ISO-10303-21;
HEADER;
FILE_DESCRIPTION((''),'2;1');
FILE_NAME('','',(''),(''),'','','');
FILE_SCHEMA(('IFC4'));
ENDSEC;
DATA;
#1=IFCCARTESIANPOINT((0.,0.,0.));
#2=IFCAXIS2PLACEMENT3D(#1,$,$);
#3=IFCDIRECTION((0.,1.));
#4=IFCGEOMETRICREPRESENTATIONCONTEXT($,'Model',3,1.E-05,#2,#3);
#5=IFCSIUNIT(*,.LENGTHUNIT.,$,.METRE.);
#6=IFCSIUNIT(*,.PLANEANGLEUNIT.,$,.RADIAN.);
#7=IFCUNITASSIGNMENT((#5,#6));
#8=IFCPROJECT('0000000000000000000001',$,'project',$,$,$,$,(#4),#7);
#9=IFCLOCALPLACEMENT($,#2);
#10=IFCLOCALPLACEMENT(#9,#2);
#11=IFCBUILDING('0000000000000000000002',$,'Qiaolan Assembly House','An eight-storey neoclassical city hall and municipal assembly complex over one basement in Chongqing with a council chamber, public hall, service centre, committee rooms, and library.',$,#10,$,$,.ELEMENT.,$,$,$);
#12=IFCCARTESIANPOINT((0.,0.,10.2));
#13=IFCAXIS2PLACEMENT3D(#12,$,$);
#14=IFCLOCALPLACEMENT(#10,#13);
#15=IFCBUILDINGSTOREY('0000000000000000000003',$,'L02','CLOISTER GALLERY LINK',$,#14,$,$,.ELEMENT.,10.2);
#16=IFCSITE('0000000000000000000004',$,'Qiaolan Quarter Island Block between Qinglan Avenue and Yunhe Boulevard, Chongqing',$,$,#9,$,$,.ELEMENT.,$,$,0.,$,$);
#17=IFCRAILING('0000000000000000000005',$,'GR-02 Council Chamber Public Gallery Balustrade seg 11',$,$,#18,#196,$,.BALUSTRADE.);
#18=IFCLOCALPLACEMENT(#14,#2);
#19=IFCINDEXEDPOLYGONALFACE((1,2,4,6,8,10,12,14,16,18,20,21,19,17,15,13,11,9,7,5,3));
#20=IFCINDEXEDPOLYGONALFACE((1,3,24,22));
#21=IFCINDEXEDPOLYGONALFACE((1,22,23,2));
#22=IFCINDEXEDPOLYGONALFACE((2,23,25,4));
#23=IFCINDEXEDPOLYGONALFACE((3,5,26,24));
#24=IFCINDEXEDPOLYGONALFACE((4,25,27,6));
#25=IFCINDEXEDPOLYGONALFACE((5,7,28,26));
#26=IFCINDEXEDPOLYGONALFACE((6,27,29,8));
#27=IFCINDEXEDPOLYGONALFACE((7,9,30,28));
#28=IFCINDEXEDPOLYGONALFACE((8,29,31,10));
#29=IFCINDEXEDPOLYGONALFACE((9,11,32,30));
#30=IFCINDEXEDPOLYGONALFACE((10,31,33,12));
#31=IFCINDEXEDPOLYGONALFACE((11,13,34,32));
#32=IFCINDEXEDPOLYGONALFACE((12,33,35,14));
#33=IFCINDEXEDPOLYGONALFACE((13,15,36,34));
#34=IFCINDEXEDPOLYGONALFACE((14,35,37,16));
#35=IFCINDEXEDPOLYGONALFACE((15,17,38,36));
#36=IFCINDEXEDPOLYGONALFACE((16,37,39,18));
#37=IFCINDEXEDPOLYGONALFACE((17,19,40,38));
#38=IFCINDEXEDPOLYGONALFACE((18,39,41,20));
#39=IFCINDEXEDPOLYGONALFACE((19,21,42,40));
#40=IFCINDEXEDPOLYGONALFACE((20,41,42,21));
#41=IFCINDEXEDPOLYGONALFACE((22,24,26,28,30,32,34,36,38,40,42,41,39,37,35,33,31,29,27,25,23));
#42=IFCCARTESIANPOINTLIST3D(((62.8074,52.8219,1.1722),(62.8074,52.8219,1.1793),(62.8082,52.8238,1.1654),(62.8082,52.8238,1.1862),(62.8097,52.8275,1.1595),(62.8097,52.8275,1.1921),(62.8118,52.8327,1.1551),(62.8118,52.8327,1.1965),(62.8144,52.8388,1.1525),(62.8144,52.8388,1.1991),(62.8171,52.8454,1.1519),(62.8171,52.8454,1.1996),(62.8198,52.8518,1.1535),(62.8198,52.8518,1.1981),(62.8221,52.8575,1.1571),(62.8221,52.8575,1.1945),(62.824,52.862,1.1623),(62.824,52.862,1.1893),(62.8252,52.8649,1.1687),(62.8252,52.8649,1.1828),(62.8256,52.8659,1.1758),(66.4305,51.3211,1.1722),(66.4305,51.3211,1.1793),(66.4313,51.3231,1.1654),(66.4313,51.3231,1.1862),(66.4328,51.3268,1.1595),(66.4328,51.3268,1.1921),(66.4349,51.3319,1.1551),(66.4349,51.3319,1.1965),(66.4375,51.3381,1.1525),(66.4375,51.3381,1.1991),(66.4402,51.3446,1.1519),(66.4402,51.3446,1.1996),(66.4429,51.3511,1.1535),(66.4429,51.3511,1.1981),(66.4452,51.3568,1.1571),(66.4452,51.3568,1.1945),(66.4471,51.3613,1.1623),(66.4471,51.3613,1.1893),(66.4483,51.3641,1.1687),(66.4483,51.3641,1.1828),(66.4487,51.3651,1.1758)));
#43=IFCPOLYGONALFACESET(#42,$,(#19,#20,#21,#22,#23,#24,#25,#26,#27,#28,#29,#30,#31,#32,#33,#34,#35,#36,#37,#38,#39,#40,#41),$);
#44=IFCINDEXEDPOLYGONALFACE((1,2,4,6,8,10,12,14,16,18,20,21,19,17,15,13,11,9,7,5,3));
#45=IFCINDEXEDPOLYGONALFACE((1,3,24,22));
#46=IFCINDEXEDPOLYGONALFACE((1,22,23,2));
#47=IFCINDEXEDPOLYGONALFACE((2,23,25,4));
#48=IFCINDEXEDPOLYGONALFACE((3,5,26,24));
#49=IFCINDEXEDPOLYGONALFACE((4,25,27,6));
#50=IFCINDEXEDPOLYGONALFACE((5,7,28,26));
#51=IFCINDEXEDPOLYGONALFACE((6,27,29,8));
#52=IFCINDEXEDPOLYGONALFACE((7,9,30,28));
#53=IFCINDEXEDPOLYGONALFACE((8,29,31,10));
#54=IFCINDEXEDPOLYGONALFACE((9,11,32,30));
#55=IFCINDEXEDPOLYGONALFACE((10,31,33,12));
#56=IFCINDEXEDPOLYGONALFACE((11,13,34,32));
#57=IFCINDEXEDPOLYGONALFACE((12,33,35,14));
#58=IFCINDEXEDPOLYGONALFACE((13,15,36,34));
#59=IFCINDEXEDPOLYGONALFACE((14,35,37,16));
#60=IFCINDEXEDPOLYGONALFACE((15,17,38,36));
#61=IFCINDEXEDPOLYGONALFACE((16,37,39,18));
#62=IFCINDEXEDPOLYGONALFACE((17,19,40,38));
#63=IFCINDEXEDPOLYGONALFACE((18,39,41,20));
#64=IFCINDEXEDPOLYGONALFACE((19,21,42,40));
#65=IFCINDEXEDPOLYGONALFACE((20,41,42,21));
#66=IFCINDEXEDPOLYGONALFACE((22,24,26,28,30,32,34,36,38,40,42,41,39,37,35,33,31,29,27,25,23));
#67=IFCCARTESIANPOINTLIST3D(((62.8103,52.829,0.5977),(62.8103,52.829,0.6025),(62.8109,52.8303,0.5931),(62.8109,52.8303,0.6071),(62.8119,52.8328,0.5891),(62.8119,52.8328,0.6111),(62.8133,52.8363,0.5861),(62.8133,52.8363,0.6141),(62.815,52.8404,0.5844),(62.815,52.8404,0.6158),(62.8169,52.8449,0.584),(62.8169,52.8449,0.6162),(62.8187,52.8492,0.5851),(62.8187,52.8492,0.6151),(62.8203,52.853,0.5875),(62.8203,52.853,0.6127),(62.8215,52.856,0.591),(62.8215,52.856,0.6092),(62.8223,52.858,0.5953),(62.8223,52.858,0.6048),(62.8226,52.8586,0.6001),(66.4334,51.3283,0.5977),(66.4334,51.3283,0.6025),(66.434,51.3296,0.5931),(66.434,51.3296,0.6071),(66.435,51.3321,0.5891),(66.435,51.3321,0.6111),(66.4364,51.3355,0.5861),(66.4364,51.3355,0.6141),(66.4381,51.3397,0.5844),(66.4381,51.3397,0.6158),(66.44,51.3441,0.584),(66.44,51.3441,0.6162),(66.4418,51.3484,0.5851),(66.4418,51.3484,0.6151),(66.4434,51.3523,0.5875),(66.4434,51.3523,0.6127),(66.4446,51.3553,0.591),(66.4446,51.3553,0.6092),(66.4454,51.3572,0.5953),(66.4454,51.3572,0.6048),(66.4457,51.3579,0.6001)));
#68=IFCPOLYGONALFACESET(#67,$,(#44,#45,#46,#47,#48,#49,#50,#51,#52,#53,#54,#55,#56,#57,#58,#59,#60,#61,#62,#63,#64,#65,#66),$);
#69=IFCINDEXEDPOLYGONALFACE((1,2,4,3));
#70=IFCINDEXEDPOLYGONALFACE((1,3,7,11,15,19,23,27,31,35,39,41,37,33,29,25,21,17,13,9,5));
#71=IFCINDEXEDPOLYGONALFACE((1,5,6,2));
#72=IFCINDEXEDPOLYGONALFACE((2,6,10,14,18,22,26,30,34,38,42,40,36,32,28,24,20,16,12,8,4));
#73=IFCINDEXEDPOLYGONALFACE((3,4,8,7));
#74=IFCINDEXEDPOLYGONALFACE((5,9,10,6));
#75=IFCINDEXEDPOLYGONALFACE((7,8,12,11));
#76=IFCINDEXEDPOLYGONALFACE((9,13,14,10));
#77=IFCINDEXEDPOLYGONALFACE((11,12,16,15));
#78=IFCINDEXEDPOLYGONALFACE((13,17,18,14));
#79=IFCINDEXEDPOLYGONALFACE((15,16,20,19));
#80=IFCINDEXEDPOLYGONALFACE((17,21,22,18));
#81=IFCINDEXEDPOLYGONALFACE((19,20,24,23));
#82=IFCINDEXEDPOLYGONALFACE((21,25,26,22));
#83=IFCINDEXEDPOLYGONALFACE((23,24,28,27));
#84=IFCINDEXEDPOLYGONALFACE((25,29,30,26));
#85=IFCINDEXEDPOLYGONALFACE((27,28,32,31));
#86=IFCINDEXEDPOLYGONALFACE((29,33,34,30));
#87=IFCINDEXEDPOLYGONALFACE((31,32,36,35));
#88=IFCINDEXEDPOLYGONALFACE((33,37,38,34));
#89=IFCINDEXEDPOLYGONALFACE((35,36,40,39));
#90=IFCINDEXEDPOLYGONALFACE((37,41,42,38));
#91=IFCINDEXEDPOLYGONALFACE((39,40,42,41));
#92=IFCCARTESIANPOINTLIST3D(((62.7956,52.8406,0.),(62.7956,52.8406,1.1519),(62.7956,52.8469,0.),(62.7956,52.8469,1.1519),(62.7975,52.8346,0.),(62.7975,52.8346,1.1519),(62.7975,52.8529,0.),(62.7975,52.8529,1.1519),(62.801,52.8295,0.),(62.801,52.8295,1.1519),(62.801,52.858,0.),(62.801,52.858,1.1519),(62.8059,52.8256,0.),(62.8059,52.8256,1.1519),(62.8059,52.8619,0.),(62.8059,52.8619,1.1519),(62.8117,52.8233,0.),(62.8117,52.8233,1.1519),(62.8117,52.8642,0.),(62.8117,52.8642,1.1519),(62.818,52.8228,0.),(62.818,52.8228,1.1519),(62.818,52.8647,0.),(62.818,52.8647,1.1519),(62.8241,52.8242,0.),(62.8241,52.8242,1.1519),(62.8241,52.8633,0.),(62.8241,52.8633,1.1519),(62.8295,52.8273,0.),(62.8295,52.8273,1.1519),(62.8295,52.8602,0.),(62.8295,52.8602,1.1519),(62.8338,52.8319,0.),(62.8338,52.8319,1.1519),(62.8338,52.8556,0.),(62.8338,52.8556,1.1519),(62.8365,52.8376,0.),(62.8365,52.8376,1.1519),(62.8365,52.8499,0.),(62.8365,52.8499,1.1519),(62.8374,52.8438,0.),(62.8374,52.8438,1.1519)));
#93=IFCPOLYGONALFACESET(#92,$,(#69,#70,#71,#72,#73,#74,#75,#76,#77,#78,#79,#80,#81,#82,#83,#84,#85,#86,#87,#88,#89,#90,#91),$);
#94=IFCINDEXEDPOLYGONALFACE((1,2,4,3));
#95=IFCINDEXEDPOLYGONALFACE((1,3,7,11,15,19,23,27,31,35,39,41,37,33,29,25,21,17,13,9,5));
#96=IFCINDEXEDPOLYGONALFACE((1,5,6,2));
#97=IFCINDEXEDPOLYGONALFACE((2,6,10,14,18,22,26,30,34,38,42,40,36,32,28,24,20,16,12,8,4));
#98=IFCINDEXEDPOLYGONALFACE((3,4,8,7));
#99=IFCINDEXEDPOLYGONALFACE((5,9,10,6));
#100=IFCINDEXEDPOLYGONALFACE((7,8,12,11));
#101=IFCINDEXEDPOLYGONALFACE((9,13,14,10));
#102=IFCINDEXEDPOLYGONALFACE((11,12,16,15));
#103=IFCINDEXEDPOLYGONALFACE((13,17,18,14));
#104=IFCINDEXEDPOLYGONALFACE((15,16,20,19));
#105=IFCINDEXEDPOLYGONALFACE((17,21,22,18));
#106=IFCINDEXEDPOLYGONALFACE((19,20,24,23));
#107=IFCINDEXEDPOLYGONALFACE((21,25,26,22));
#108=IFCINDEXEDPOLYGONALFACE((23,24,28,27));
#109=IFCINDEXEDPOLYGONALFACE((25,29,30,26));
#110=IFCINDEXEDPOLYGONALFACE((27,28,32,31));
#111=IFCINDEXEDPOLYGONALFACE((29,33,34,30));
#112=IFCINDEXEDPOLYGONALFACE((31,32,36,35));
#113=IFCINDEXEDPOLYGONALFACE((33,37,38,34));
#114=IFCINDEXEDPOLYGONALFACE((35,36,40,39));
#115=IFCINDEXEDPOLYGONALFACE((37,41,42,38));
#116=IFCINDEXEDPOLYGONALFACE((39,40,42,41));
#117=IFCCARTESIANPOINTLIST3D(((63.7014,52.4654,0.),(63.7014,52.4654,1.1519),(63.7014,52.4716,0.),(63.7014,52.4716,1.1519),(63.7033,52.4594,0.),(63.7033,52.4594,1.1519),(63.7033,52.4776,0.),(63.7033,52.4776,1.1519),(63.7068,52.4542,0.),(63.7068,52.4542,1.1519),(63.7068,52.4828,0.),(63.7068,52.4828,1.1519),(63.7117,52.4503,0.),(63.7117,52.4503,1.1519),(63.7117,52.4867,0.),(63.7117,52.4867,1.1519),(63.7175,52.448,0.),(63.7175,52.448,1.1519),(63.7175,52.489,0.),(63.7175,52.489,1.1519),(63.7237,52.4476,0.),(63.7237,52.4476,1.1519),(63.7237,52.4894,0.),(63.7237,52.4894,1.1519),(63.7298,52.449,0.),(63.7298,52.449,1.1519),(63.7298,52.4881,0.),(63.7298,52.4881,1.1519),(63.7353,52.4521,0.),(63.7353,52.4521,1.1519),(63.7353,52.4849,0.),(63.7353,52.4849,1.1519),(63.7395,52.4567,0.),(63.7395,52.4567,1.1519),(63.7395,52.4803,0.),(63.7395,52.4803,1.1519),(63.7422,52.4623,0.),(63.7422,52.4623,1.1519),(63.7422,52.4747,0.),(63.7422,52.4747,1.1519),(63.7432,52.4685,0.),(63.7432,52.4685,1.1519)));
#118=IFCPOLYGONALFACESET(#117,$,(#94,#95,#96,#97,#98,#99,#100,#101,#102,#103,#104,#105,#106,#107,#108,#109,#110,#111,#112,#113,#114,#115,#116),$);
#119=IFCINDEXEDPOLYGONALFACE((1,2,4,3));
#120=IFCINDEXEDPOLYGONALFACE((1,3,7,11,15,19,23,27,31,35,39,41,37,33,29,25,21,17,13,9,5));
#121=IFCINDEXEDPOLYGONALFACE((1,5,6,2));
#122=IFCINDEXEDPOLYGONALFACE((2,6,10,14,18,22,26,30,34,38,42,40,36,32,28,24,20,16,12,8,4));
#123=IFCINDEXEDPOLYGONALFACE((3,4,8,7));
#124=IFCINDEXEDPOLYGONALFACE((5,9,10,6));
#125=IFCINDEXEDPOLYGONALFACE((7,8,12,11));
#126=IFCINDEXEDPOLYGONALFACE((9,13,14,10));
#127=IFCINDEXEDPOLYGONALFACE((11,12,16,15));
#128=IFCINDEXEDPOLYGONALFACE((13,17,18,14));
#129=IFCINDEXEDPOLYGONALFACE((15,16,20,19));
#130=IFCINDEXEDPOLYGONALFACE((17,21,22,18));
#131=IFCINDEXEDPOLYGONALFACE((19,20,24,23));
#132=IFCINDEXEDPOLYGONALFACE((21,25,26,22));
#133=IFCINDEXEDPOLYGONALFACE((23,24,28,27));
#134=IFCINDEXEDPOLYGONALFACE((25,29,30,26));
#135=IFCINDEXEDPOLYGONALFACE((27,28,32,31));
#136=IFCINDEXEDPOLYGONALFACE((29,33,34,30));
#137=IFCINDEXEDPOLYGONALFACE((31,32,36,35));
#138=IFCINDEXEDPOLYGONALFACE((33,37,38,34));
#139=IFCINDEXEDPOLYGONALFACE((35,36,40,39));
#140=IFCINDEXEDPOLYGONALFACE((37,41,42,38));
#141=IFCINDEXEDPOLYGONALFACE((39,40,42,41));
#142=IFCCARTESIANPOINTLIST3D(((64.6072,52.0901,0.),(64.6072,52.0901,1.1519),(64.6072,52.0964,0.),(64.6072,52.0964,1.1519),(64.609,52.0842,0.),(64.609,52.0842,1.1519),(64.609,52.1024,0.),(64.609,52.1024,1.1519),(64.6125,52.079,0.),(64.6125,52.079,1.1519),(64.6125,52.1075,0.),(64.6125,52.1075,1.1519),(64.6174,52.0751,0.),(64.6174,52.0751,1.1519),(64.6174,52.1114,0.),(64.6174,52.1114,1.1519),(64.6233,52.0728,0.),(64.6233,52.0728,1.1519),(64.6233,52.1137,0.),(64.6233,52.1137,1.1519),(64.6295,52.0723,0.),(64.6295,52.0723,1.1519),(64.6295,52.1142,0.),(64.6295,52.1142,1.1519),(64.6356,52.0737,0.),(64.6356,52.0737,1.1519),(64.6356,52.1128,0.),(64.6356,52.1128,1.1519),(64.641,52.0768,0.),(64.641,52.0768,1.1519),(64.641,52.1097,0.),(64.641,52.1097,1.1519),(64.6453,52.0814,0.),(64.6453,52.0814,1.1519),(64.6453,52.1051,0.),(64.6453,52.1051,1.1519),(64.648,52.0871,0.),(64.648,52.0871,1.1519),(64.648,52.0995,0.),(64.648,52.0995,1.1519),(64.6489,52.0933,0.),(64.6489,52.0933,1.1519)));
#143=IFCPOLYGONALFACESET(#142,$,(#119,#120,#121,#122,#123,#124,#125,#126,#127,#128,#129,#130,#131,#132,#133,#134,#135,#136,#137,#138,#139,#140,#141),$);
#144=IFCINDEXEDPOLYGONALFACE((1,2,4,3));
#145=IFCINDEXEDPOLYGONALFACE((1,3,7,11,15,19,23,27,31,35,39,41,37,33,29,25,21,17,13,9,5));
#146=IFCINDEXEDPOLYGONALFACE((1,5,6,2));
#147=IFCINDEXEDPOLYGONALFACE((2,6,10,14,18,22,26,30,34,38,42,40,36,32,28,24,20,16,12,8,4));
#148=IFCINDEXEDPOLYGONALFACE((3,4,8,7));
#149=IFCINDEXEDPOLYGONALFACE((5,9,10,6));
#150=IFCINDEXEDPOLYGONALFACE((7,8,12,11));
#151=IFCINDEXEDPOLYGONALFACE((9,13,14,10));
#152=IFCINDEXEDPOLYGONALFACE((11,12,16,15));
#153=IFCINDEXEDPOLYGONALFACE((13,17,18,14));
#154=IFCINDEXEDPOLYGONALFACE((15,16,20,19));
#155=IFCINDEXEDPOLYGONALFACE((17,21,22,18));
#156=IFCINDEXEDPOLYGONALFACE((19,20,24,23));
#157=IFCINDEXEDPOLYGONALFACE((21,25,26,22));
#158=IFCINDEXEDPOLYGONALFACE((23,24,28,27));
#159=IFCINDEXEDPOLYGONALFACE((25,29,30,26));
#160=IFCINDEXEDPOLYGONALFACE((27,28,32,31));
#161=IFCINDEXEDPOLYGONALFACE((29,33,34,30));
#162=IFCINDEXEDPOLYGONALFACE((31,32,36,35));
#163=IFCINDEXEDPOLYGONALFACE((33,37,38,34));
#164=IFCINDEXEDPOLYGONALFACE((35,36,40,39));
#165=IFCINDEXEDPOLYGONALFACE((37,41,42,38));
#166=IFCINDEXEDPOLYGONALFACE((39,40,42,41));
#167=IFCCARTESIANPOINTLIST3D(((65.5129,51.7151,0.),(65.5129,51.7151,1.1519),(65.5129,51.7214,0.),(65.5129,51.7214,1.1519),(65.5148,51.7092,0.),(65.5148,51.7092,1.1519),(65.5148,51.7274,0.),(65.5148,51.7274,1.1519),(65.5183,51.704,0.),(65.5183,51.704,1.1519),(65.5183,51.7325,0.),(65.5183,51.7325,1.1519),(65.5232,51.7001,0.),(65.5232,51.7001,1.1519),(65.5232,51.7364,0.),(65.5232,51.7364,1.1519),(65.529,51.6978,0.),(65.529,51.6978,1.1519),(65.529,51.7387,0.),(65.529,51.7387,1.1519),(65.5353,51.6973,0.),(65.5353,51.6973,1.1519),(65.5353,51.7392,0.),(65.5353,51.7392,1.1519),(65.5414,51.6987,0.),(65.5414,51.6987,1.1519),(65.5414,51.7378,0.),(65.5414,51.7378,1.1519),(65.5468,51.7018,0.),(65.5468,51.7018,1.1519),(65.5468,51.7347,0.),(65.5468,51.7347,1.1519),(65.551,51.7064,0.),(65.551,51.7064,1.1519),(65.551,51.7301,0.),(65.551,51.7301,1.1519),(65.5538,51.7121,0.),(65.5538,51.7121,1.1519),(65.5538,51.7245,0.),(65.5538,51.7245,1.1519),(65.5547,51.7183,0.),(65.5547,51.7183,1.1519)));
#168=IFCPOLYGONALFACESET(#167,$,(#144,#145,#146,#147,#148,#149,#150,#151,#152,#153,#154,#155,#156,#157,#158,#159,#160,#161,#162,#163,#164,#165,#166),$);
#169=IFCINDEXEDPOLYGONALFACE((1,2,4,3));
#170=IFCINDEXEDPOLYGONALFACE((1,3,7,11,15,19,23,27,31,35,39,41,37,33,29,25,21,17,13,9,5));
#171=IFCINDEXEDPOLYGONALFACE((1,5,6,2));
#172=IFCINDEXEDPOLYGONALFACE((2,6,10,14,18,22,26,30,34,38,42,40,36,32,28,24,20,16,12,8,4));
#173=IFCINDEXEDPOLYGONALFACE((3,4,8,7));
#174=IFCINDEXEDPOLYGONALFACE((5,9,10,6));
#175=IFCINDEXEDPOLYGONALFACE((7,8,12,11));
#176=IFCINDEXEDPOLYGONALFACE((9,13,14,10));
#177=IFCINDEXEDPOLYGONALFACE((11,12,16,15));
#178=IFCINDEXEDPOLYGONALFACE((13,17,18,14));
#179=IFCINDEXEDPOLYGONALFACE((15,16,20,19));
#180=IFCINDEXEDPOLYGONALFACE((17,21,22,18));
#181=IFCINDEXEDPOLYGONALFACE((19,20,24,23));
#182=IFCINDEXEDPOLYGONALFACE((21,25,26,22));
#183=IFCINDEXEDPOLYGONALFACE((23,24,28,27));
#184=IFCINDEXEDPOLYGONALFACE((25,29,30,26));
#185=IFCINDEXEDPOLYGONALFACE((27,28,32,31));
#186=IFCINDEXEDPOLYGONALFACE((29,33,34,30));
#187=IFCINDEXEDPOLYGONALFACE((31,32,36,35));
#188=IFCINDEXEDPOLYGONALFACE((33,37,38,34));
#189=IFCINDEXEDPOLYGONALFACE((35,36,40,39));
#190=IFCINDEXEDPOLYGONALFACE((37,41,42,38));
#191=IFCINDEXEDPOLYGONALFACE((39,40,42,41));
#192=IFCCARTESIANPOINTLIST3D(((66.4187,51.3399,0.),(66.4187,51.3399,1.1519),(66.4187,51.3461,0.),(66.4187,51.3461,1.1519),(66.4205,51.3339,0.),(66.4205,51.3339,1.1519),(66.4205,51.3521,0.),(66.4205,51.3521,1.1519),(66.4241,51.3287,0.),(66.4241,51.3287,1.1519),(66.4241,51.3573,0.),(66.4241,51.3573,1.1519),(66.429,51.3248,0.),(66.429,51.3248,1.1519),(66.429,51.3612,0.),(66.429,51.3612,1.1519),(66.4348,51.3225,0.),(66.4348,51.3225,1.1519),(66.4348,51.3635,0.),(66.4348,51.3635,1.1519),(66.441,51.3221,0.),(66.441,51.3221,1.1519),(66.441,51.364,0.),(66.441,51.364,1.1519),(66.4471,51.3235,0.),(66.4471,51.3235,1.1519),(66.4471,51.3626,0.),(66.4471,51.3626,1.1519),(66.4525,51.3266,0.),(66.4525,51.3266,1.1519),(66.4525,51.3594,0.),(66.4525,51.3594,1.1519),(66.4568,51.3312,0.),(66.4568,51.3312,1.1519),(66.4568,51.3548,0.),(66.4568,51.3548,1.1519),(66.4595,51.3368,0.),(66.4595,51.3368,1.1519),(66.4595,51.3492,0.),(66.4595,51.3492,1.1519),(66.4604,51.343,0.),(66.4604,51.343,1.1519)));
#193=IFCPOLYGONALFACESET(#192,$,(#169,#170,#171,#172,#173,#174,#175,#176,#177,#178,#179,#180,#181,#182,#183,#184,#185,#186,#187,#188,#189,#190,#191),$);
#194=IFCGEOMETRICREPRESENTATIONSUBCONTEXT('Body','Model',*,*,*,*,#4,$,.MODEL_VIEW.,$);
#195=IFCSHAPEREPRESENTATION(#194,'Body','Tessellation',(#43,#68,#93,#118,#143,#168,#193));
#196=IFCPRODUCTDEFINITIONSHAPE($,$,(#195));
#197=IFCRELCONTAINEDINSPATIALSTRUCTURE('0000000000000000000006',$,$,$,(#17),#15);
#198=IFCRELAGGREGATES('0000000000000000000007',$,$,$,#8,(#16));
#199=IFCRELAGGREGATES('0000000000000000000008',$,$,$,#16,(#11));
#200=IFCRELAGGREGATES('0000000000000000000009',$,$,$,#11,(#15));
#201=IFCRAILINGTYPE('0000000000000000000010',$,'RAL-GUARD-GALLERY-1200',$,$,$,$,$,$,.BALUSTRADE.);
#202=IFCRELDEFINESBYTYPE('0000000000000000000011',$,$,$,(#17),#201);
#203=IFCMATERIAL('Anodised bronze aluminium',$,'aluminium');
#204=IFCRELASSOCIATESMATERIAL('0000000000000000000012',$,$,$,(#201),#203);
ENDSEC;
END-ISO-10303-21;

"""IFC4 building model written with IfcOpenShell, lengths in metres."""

from ifc_helpers import new_model, si_unit, direction, frame, origin, origin_2d, place, context, subcontext, project, spatial, circle, extrude, material, type_object, element, save


model = new_model("IFC4")

# Units and contexts
model_context = context("Model", 3, precision=1e-05, world=origin(), true_north=direction((0.0, 1.0)))
body_context = subcontext(model_context, "Body", "Model", "MODEL_VIEW")
ifc_project = project(units=[si_unit("LENGTHUNIT", "METRE"), si_unit("PLANEANGLEUNIT", "RADIAN")], contexts=[model_context])

# Site, building, storey
site_placement = place(None, origin())
site = spatial("IfcSite", under=ifc_project, at=site_placement, Name="Qiaolan Quarter Island Block between Qinglan Avenue and Yunhe Boulevard, Chongqing", CompositionType="ELEMENT", RefElevation=0.0)
building_placement = place(site_placement, origin())
building = spatial("IfcBuilding", under=site, at=building_placement, Name="Qiaolan Assembly House", Description="An eight-storey neoclassical city hall and municipal assembly complex over one basement in Chongqing with a council chamber, public hall, service centre, committee rooms, and library.", CompositionType="ELEMENT")
storey_placement = place(building_placement, frame((0.0, 0.0, 10.2)))
storey = spatial("IfcBuildingStorey", under=building, at=storey_placement, Name="L02", Description="CLOISTER GALLERY LINK", CompositionType="ELEMENT", Elevation=10.2)

# Railing
ifc_material_1 = material(Name="Anodised bronze aluminium", Category="aluminium")
railing_type = type_object("IfcRailingType", Name="RAL-GUARD-GALLERY-1200", PredefinedType="BALUSTRADE", material=ifc_material_1)
railing_1_placement = place(storey_placement, frame((62.8164, 52.8438, 0.0)))
element("IfcRailing", 1, at=railing_1_placement, inside=storey, type_object=railing_type, Name="GR-02 Council Chamber Public Gallery Balustrade seg 11", PredefinedType="BALUSTRADE", context=body_context, shape_type="SweptSolid", body=[
    extrude(circle(Radius=0.0239, at=origin_2d()), frame((0.0, 0.0, 1.1758), z_axis=(0.923878, -0.382687, 0.0), x_axis=(0.382687, 0.923878, 0.0)), (0.0, 0.0, 1.0), 3.9216),
    extrude(circle(Radius=0.0161, at=origin_2d()), frame((0.0, 0.0, 0.6001), z_axis=(0.923878, -0.382687, 0.0), x_axis=(0.382687, 0.923878, 0.0)), (0.0, 0.0, 1.0), 3.9216),
    extrude(circle(Radius=0.021, at=origin_2d()), origin(), (0.0, 0.0, 1.0), 1.1519),
    extrude(circle(Radius=0.021, at=origin_2d()), frame((0.9058, -0.3752, 0.0)), (0.0, 0.0, 1.0), 1.1519),
    extrude(circle(Radius=0.021, at=origin_2d()), frame((1.8115, -0.7505, 0.0)), (0.0, 0.0, 1.0), 1.1519),
    extrude(circle(Radius=0.021, at=origin_2d()), frame((2.7173, -1.1255, 0.0)), (0.0, 0.0, 1.0), 1.1519),
    extrude(circle(Radius=0.021, at=origin_2d()), frame((3.623, -1.5007, 0.0)), (0.0, 0.0, 1.0), 1.1519),
])

save(model, "model.ifc")
